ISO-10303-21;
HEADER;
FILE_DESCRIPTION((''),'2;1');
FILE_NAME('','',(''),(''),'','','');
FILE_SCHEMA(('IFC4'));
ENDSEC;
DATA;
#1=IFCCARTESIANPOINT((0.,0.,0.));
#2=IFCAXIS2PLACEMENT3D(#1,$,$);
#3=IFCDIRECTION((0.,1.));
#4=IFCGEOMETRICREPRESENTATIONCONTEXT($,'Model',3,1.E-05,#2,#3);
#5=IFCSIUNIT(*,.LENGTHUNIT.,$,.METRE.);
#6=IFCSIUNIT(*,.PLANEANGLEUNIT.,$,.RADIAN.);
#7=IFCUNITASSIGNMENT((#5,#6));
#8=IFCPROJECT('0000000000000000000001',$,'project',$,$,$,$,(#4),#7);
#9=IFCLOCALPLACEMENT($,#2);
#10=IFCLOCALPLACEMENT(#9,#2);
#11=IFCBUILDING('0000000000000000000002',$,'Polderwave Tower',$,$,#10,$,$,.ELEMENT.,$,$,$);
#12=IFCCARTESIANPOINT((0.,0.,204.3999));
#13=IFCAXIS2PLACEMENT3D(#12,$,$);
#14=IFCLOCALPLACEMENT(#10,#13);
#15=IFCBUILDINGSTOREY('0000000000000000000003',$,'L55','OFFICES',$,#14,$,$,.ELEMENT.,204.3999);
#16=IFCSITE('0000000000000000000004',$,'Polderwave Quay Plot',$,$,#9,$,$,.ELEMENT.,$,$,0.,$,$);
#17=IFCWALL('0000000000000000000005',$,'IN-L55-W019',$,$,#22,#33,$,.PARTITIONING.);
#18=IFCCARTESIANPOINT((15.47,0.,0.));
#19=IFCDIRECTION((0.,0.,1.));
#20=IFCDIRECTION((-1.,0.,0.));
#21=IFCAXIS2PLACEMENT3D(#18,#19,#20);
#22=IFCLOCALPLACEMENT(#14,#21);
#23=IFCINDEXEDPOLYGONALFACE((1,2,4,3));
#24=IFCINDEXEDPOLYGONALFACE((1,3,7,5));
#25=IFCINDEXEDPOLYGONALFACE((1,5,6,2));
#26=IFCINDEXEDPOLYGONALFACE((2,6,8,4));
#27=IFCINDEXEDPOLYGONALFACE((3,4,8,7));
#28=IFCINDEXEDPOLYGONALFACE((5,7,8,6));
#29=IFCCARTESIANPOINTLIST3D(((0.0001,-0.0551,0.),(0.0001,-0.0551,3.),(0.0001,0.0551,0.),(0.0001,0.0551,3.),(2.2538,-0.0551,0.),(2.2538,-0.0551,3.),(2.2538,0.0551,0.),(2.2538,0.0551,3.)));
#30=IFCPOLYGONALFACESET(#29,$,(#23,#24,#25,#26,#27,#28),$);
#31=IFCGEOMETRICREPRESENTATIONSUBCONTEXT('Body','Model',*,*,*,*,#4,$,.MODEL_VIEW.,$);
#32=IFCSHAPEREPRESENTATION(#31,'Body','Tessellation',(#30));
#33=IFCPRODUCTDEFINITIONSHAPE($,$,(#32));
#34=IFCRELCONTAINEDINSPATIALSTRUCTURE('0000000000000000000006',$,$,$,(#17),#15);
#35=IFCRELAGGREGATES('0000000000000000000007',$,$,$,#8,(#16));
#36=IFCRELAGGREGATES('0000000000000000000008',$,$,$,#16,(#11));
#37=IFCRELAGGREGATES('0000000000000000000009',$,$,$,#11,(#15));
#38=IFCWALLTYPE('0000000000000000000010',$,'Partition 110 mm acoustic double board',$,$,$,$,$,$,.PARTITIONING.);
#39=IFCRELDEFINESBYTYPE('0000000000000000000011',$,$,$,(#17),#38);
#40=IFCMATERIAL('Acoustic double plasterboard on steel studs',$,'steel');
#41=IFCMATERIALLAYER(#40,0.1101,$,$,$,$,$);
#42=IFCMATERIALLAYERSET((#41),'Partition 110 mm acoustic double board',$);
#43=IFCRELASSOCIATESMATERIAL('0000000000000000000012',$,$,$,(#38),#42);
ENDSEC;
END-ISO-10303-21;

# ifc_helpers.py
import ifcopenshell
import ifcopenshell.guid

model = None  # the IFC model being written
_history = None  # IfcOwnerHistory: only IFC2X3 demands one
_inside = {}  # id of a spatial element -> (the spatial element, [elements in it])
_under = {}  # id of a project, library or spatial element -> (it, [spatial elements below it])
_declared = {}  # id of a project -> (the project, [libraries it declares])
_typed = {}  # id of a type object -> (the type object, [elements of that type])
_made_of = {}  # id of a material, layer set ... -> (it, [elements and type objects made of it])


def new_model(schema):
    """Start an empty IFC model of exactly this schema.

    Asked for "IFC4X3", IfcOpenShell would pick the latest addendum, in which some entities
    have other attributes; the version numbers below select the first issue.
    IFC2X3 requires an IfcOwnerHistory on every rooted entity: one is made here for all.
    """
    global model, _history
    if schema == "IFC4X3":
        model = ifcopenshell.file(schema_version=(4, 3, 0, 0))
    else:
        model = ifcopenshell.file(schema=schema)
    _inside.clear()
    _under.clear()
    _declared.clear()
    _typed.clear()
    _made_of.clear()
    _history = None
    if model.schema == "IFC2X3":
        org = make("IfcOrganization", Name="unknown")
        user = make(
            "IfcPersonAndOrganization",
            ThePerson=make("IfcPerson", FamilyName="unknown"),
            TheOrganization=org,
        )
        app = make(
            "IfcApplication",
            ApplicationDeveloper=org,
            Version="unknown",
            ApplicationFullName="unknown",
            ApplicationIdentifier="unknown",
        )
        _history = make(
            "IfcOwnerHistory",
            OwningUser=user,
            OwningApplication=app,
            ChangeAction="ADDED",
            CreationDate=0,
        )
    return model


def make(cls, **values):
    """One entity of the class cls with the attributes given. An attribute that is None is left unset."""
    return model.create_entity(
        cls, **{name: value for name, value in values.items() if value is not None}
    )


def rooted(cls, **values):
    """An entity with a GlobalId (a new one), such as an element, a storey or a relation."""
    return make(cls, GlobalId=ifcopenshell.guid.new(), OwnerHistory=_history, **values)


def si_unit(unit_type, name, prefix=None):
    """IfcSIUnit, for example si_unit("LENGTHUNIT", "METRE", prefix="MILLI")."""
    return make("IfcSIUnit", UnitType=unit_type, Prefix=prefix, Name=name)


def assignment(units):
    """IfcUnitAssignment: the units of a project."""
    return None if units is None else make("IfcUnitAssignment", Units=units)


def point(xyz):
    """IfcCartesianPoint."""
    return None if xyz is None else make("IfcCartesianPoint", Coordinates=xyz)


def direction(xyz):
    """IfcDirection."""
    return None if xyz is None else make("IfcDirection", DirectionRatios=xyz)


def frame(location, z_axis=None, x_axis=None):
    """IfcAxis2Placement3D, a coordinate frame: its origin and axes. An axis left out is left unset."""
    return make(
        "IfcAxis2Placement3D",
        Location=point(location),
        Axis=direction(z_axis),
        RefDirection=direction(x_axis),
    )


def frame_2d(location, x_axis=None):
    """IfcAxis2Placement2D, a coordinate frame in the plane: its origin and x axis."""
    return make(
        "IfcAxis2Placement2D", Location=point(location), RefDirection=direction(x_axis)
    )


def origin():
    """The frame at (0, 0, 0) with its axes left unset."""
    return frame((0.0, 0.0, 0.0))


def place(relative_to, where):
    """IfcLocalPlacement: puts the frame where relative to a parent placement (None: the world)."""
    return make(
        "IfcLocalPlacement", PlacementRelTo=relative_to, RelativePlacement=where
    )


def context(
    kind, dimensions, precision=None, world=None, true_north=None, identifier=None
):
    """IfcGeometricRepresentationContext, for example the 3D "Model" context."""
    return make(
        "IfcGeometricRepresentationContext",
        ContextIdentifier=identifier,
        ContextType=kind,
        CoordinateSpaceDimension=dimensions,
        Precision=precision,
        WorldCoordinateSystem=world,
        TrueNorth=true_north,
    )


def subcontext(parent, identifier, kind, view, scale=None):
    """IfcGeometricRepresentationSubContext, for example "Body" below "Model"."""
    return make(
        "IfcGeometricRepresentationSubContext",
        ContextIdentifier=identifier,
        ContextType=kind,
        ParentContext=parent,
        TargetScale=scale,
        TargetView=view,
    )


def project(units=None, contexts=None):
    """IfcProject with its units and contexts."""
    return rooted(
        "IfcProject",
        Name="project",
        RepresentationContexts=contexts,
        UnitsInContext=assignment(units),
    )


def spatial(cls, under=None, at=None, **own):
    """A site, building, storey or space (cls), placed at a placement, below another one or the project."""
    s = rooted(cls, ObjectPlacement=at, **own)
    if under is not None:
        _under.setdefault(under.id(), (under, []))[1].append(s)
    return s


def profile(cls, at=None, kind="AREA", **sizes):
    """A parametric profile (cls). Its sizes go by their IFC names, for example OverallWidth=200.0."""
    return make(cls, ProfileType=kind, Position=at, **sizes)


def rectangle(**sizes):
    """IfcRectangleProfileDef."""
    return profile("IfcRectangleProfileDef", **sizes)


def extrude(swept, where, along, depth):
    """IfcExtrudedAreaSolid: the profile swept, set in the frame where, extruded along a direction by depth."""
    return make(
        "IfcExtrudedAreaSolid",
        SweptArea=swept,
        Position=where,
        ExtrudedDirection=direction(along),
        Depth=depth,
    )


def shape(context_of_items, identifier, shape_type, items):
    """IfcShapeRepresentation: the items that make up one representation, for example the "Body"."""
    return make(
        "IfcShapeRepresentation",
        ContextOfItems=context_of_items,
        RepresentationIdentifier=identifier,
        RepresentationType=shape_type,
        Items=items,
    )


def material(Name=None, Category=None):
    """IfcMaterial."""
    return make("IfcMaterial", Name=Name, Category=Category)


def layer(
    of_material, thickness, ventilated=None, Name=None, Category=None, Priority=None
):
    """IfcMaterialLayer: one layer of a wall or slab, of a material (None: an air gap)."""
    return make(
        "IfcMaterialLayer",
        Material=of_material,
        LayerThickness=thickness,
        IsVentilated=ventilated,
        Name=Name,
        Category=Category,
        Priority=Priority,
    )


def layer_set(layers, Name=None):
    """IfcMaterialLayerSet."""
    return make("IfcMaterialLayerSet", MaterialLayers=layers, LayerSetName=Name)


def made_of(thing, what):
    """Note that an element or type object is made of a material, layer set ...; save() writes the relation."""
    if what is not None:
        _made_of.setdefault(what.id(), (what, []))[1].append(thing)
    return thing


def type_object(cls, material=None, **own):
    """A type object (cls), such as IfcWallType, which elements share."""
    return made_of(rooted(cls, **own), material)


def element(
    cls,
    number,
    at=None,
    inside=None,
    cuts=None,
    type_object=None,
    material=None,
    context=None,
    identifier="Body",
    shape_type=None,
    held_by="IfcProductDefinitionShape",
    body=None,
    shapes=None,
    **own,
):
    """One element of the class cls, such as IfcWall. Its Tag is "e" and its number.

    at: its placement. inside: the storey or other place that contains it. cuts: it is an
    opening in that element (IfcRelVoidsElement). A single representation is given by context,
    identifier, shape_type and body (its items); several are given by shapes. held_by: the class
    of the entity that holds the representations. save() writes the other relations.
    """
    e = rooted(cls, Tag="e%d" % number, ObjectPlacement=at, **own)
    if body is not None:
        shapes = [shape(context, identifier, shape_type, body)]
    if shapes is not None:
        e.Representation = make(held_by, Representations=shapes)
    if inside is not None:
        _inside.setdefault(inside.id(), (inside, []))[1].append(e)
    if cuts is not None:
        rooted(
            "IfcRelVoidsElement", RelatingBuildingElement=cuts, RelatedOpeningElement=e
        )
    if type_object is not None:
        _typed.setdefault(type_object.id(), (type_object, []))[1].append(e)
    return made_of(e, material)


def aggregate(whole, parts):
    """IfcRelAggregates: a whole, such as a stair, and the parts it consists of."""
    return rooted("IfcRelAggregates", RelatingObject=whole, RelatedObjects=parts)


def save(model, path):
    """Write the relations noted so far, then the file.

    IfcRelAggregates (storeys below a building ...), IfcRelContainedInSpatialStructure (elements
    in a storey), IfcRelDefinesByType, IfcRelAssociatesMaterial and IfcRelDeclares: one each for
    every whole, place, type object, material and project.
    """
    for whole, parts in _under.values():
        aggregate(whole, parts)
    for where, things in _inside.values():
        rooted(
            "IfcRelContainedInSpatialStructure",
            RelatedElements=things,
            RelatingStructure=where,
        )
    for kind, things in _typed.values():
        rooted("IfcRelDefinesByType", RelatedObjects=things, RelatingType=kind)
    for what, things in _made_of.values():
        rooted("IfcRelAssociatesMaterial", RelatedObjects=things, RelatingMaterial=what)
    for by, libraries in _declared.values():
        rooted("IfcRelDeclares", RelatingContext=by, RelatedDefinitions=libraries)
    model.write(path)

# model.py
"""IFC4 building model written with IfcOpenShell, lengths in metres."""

from ifc_helpers import new_model, si_unit, direction, frame, frame_2d, origin, place, context, subcontext, project, spatial, rectangle, extrude, material, layer, layer_set, type_object, element, save


model = new_model("IFC4")

# Units and contexts
model_context = context("Model", 3, precision=1e-05, world=origin(), true_north=direction((0.0, 1.0)))
body_context = subcontext(model_context, "Body", "Model", "MODEL_VIEW")
ifc_project = project(units=[si_unit("LENGTHUNIT", "METRE"), si_unit("PLANEANGLEUNIT", "RADIAN")], contexts=[model_context])

# Site, building, storey
site_placement = place(None, origin())
site = spatial("IfcSite", under=ifc_project, at=site_placement, Name="Polderwave Quay Plot", CompositionType="ELEMENT", RefElevation=0.0)
building_placement = place(site_placement, origin())
building = spatial("IfcBuilding", under=site, at=building_placement, Name="Polderwave Tower", CompositionType="ELEMENT")
storey_placement = place(building_placement, frame((0.0, 0.0, 204.3999)))
storey = spatial("IfcBuildingStorey", under=building, at=storey_placement, Name="L55", Description="OFFICES", CompositionType="ELEMENT", Elevation=204.3999)

# Wall
ifc_material_1 = material(Name="Acoustic double plasterboard on steel studs", Category="steel")
ifc_layer_1 = layer(ifc_material_1, 0.1101)
ifc_layer_set_1 = layer_set([ifc_layer_1], Name="Partition 110 mm acoustic double board")
wall_type_1 = type_object("IfcWallType", Name="Partition 110 mm acoustic double board", PredefinedType="PARTITIONING", material=ifc_layer_set_1)
wall_1_placement = place(storey_placement, frame((15.47, 0.0, 0.0), z_axis=(0.0, 0.0, 1.0), x_axis=(-1.0, 0.0, 0.0)))
element("IfcWall", 1, at=wall_1_placement, inside=storey, type_object=wall_type_1, Name="IN-L55-W019", PredefinedType="PARTITIONING", context=body_context, shape_type="SweptSolid", body=[
    extrude(rectangle(XDim=2.2537, YDim=0.1101, at=frame_2d((1.127, 0.0))), origin(), (0.0, 0.0, 1.0), 3.0),
])

save(model, "model.ifc")
